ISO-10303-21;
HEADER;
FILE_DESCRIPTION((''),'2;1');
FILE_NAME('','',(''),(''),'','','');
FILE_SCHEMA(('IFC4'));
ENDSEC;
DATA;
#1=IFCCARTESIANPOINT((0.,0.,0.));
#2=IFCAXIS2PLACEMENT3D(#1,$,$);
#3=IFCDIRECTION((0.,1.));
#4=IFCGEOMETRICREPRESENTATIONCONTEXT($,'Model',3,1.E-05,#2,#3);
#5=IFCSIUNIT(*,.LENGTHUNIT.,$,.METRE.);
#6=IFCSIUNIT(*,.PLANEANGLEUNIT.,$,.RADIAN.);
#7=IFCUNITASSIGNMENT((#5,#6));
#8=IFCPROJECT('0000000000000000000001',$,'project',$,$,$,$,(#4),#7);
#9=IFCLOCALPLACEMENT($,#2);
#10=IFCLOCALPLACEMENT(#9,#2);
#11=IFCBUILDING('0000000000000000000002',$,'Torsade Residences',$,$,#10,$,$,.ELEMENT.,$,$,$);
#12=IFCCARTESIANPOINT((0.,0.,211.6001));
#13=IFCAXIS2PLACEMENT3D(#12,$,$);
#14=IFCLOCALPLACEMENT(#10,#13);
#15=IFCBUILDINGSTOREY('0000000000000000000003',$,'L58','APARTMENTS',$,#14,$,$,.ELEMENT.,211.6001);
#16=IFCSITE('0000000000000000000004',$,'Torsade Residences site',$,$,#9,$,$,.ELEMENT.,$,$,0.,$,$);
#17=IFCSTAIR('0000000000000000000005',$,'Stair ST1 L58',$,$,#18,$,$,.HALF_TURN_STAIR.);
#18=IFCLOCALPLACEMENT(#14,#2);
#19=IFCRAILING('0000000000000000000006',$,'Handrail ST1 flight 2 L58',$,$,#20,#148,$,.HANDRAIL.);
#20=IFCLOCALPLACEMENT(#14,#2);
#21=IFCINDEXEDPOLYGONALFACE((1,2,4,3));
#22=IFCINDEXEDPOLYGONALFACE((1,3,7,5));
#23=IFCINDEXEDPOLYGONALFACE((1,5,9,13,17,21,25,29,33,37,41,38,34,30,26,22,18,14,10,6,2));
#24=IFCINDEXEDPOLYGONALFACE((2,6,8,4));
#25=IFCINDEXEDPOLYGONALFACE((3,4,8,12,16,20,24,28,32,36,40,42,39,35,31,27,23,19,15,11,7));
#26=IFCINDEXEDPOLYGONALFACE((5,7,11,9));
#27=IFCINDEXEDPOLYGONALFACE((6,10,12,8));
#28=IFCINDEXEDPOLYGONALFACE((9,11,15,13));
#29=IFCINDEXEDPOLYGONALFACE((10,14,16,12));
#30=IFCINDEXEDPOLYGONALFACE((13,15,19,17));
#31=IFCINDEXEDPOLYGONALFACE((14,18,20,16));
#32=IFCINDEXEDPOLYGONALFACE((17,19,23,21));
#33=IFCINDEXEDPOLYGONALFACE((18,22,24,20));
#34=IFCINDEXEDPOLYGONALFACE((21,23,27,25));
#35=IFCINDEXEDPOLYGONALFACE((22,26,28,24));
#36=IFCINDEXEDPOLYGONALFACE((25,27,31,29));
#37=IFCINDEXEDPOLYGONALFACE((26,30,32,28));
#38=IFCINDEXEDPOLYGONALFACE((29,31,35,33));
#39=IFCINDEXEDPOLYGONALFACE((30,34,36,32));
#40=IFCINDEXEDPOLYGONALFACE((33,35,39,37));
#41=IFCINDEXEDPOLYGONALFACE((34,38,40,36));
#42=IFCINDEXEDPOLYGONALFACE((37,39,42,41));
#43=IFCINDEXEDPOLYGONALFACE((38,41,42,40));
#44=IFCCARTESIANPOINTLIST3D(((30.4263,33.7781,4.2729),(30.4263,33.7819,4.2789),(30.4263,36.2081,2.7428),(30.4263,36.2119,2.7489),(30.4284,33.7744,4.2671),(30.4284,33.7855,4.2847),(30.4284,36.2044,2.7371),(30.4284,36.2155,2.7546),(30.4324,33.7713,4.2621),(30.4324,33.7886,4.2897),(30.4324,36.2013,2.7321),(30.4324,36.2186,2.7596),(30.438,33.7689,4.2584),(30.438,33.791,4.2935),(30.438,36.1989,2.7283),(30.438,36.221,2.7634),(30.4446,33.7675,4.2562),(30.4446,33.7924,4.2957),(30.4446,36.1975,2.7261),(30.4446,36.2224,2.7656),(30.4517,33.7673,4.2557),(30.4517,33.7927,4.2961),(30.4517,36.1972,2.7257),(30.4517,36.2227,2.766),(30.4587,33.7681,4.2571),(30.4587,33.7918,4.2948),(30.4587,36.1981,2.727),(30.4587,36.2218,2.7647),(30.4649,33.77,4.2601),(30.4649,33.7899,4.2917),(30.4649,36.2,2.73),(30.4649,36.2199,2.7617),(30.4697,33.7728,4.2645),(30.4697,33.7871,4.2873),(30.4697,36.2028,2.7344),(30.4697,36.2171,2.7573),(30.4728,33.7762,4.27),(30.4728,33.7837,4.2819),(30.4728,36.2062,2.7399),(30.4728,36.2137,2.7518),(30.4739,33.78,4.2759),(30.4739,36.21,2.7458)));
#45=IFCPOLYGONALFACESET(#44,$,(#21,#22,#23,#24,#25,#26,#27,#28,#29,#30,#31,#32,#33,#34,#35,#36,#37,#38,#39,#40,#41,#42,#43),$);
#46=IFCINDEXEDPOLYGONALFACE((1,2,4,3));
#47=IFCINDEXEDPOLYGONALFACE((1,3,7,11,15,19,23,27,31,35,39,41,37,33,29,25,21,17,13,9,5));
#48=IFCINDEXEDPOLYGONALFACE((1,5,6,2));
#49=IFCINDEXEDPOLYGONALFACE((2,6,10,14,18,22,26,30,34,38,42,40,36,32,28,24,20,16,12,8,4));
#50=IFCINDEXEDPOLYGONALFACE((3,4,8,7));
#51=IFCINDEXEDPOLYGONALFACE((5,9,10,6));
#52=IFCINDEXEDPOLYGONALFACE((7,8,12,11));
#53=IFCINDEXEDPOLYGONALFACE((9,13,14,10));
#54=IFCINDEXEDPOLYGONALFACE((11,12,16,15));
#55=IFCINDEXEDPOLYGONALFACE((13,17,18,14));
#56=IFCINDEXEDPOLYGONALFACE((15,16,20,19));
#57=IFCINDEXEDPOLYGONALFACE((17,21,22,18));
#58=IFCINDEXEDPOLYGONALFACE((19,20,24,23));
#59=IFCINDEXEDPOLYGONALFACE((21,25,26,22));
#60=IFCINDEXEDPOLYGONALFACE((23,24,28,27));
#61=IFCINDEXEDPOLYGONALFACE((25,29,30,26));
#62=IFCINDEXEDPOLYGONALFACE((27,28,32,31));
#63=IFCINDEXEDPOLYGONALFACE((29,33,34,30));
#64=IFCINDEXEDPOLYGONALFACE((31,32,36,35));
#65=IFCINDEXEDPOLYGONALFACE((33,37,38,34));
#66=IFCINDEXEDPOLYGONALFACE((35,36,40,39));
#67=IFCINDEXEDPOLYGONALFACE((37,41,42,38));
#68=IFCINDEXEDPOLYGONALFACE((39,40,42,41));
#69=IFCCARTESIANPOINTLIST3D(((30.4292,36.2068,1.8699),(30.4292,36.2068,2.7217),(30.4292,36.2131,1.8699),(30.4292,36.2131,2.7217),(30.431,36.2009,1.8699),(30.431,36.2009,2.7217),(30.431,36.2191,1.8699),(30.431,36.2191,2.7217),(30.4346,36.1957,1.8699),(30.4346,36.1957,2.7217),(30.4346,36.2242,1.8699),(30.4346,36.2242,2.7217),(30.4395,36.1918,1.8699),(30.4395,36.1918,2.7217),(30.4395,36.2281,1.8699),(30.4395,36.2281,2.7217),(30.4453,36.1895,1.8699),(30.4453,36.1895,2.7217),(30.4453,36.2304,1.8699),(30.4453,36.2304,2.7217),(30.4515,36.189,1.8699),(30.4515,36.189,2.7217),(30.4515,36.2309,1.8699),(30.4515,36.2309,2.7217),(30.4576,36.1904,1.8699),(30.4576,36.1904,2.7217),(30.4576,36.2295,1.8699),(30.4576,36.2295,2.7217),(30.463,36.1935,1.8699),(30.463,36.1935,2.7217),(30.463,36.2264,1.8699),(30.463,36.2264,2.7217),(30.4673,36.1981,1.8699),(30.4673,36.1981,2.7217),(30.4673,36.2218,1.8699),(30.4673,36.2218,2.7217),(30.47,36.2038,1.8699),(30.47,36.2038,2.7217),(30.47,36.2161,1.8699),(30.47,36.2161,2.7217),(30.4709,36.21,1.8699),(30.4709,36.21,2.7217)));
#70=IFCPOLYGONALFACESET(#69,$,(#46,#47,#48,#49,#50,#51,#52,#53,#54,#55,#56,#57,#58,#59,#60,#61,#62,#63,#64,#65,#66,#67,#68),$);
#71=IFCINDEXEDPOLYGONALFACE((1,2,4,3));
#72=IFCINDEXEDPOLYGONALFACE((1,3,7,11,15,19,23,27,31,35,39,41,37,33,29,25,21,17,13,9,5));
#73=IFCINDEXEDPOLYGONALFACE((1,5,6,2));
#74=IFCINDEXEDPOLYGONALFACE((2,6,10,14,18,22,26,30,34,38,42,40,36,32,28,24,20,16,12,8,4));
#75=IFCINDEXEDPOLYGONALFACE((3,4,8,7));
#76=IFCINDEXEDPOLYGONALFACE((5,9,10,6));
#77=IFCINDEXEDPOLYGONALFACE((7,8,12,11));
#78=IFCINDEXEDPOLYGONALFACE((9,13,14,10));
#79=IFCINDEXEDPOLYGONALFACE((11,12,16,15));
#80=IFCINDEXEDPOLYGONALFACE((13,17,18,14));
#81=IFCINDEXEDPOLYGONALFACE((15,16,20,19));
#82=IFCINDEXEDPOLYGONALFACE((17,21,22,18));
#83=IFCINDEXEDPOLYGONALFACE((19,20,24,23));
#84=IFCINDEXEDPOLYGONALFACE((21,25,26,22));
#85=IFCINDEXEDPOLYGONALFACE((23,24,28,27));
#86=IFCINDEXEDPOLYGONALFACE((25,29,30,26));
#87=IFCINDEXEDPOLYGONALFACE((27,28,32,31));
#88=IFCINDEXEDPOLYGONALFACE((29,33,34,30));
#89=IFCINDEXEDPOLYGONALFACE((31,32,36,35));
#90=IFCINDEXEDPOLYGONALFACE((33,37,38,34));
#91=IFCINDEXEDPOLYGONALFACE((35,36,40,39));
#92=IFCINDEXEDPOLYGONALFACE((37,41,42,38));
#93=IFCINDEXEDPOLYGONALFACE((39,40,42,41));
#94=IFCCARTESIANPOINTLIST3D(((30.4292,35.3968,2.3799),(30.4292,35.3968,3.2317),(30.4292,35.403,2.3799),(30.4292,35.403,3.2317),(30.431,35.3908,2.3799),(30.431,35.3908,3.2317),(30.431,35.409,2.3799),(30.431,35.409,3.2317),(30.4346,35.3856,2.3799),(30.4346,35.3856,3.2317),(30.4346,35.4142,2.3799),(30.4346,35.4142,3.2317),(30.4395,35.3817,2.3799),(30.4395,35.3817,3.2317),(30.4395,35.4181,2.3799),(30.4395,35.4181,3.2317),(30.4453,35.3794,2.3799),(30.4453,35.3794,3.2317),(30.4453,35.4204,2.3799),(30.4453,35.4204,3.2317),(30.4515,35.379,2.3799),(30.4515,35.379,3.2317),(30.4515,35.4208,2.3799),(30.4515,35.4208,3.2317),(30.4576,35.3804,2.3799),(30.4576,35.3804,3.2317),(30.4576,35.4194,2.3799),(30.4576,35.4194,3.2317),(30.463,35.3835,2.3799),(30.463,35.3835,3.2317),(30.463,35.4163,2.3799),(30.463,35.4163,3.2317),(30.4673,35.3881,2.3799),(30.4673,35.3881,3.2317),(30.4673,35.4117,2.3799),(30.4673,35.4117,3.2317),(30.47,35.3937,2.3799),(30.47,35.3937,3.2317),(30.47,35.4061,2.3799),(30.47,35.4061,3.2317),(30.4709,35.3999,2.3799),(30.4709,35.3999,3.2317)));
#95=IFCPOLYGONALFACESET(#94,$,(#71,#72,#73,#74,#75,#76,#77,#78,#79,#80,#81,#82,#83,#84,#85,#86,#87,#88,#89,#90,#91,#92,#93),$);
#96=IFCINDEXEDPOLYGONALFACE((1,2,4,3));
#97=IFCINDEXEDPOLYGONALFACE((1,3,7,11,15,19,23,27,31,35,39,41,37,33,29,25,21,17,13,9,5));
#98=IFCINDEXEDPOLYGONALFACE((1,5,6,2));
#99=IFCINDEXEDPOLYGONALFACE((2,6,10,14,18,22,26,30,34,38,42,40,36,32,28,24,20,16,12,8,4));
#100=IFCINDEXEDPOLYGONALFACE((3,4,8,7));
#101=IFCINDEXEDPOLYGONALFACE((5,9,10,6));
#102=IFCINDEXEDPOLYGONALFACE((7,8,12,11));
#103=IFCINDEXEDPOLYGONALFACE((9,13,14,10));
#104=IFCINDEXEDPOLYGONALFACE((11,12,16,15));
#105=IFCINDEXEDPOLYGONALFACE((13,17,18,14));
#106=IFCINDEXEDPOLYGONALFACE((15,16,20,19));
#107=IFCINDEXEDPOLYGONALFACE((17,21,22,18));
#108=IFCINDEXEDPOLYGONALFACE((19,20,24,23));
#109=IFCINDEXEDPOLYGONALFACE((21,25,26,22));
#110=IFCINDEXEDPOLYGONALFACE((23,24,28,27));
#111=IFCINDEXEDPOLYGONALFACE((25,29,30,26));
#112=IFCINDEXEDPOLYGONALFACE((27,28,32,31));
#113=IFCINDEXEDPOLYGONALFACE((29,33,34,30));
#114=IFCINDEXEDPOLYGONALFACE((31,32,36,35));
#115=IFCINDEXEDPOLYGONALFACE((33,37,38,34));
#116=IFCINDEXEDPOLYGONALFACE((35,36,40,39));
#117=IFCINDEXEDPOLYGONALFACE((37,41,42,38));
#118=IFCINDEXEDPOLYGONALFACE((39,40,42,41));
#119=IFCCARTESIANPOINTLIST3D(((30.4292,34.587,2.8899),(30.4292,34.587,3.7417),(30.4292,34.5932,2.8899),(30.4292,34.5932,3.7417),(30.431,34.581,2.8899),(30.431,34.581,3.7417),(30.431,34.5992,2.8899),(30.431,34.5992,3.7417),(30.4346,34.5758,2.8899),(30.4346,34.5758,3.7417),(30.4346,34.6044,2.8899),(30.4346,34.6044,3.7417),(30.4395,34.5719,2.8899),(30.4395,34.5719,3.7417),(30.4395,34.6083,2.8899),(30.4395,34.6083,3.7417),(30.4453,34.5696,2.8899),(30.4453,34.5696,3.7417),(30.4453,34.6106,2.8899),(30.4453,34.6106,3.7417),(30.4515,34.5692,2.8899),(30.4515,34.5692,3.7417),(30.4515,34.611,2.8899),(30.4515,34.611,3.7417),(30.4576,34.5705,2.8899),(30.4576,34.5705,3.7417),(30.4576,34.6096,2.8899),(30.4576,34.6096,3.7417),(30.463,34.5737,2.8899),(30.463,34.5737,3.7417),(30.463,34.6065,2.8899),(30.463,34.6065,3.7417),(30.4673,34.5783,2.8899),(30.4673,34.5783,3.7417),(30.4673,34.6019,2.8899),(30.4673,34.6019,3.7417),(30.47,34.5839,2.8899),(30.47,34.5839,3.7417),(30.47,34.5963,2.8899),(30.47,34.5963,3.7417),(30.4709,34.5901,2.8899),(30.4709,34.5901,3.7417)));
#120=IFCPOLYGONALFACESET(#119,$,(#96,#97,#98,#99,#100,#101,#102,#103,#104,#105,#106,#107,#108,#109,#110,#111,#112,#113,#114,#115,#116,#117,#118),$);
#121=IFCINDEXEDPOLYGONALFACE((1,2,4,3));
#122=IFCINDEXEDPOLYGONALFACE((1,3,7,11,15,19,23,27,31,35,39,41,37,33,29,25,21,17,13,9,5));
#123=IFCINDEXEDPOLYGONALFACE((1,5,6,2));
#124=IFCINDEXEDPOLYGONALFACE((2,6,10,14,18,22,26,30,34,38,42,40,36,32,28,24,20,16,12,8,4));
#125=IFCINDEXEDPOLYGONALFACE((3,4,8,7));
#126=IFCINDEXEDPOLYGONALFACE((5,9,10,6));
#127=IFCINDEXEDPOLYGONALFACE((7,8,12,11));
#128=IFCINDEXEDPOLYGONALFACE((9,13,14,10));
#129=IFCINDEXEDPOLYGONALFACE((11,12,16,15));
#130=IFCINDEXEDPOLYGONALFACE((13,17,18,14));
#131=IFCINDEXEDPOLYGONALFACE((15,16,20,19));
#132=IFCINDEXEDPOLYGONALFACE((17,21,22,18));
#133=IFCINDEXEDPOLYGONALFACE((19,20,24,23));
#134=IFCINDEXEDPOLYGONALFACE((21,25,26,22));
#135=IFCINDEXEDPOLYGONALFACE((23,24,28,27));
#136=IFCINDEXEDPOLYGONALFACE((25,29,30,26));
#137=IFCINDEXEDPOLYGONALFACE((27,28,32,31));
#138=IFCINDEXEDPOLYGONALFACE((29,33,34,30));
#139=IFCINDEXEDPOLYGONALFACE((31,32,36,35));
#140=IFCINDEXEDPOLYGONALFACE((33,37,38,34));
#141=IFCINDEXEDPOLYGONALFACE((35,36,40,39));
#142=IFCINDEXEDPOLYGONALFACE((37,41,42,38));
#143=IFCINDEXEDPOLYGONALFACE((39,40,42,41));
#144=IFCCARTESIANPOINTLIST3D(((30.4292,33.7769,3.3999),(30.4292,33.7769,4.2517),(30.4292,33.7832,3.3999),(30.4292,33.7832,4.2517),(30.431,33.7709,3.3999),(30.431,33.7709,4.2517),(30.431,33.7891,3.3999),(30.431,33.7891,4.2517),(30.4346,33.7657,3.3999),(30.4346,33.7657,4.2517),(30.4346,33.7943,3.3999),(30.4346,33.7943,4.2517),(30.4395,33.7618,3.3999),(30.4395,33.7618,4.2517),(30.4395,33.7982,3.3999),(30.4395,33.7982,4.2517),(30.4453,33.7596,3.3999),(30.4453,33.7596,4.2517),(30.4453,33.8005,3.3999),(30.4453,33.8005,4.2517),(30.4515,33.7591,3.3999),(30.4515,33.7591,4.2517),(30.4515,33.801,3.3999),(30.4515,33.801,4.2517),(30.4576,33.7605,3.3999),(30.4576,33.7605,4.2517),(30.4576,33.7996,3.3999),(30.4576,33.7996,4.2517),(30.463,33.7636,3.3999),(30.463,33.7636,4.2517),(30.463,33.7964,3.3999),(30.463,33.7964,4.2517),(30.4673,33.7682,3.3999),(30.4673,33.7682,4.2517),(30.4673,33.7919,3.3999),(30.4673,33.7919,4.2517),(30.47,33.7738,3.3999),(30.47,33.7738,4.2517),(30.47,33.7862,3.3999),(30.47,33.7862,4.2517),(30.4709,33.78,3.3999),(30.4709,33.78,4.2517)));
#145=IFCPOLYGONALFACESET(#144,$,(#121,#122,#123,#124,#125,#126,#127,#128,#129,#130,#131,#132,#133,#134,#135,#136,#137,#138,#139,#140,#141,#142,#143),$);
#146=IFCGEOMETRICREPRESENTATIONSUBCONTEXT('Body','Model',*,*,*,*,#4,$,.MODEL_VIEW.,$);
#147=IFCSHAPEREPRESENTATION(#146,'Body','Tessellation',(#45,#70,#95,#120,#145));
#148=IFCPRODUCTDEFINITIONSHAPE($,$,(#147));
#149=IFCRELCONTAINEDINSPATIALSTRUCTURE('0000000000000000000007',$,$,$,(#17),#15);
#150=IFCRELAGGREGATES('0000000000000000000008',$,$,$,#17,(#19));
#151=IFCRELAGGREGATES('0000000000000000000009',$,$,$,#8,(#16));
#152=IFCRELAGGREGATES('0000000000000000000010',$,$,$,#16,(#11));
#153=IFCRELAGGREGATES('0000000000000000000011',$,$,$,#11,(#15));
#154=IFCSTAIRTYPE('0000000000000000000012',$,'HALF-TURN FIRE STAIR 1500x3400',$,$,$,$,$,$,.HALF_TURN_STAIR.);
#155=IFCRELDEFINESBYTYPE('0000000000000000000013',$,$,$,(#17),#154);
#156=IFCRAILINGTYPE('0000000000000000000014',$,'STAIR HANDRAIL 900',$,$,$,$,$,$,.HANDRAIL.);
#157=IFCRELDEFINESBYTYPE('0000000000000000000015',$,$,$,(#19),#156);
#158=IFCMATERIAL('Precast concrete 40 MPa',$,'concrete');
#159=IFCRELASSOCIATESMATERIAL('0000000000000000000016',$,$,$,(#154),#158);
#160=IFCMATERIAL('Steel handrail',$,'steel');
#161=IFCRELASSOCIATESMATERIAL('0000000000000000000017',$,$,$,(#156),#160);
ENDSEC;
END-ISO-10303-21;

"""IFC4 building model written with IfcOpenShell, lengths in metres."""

from ifc_helpers import new_model, si_unit, direction, frame, origin, origin_2d, place, context, subcontext, project, spatial, circle, extrude, material, type_object, element, aggregate, save


model = new_model("IFC4")

# Units and contexts
model_context = context("Model", 3, precision=1e-05, world=origin(), true_north=direction((0.0, 1.0)))
body_context = subcontext(model_context, "Body", "Model", "MODEL_VIEW")
ifc_project = project(units=[si_unit("LENGTHUNIT", "METRE"), si_unit("PLANEANGLEUNIT", "RADIAN")], contexts=[model_context])

# Site, building, storey
site_placement = place(None, origin())
site = spatial("IfcSite", under=ifc_project, at=site_placement, Name="Torsade Residences site", CompositionType="ELEMENT", RefElevation=0.0)
building_placement = place(site_placement, origin())
building = spatial("IfcBuilding", under=site, at=building_placement, Name="Torsade Residences", CompositionType="ELEMENT")
storey_placement = place(building_placement, frame((0.0, 0.0, 211.6001)))
storey = spatial("IfcBuildingStorey", under=building, at=storey_placement, Name="L58", Description="APARTMENTS", CompositionType="ELEMENT", Elevation=211.6001)

# Stair, railing
ifc_material_1 = material(Name="Precast concrete 40 MPa", Category="concrete")
stair_type = type_object("IfcStairType", Name="HALF-TURN FIRE STAIR 1500x3400", PredefinedType="HALF_TURN_STAIR", material=ifc_material_1)
stair_placement = place(storey_placement, origin())
stair = element("IfcStair", 1, at=stair_placement, inside=storey, type_object=stair_type, Name="Stair ST1 L58", PredefinedType="HALF_TURN_STAIR")
ifc_material_2 = material(Name="Steel handrail", Category="steel")
railing_type = type_object("IfcRailingType", Name="STAIR HANDRAIL 900", PredefinedType="HANDRAIL", material=ifc_material_2)
railing_1_placement = place(storey_placement, frame((30.45, 36.21, 1.8699)))
railing_1 = element("IfcRailing", 2, at=railing_1_placement, type_object=railing_type, Name="Handrail ST1 flight 2 L58", PredefinedType="HANDRAIL", context=body_context, shape_type="SweptSolid", body=[
    extrude(circle(Radius=0.0239, at=origin_2d()), frame((0.0, 0.0, 0.876), z_axis=(0.0, -0.846221, 0.532831), x_axis=(1.0, 0.0, 0.0)), (0.0, 0.0, 1.0), 2.8716),
    extrude(circle(Radius=0.021, at=origin_2d()), origin(), (0.0, 0.0, 1.0), 0.8518),
    extrude(circle(Radius=0.021, at=origin_2d()), frame((0.0, -0.8101, 0.51)), (0.0, 0.0, 1.0), 0.8518),
    extrude(circle(Radius=0.021, at=origin_2d()), frame((0.0, -1.6199, 1.02)), (0.0, 0.0, 1.0), 0.8518),
    extrude(circle(Radius=0.021, at=origin_2d()), frame((0.0, -2.4299, 1.53)), (0.0, 0.0, 1.0), 0.8518),
])
aggregate(stair, [railing_1])

save(model, "model.ifc")
